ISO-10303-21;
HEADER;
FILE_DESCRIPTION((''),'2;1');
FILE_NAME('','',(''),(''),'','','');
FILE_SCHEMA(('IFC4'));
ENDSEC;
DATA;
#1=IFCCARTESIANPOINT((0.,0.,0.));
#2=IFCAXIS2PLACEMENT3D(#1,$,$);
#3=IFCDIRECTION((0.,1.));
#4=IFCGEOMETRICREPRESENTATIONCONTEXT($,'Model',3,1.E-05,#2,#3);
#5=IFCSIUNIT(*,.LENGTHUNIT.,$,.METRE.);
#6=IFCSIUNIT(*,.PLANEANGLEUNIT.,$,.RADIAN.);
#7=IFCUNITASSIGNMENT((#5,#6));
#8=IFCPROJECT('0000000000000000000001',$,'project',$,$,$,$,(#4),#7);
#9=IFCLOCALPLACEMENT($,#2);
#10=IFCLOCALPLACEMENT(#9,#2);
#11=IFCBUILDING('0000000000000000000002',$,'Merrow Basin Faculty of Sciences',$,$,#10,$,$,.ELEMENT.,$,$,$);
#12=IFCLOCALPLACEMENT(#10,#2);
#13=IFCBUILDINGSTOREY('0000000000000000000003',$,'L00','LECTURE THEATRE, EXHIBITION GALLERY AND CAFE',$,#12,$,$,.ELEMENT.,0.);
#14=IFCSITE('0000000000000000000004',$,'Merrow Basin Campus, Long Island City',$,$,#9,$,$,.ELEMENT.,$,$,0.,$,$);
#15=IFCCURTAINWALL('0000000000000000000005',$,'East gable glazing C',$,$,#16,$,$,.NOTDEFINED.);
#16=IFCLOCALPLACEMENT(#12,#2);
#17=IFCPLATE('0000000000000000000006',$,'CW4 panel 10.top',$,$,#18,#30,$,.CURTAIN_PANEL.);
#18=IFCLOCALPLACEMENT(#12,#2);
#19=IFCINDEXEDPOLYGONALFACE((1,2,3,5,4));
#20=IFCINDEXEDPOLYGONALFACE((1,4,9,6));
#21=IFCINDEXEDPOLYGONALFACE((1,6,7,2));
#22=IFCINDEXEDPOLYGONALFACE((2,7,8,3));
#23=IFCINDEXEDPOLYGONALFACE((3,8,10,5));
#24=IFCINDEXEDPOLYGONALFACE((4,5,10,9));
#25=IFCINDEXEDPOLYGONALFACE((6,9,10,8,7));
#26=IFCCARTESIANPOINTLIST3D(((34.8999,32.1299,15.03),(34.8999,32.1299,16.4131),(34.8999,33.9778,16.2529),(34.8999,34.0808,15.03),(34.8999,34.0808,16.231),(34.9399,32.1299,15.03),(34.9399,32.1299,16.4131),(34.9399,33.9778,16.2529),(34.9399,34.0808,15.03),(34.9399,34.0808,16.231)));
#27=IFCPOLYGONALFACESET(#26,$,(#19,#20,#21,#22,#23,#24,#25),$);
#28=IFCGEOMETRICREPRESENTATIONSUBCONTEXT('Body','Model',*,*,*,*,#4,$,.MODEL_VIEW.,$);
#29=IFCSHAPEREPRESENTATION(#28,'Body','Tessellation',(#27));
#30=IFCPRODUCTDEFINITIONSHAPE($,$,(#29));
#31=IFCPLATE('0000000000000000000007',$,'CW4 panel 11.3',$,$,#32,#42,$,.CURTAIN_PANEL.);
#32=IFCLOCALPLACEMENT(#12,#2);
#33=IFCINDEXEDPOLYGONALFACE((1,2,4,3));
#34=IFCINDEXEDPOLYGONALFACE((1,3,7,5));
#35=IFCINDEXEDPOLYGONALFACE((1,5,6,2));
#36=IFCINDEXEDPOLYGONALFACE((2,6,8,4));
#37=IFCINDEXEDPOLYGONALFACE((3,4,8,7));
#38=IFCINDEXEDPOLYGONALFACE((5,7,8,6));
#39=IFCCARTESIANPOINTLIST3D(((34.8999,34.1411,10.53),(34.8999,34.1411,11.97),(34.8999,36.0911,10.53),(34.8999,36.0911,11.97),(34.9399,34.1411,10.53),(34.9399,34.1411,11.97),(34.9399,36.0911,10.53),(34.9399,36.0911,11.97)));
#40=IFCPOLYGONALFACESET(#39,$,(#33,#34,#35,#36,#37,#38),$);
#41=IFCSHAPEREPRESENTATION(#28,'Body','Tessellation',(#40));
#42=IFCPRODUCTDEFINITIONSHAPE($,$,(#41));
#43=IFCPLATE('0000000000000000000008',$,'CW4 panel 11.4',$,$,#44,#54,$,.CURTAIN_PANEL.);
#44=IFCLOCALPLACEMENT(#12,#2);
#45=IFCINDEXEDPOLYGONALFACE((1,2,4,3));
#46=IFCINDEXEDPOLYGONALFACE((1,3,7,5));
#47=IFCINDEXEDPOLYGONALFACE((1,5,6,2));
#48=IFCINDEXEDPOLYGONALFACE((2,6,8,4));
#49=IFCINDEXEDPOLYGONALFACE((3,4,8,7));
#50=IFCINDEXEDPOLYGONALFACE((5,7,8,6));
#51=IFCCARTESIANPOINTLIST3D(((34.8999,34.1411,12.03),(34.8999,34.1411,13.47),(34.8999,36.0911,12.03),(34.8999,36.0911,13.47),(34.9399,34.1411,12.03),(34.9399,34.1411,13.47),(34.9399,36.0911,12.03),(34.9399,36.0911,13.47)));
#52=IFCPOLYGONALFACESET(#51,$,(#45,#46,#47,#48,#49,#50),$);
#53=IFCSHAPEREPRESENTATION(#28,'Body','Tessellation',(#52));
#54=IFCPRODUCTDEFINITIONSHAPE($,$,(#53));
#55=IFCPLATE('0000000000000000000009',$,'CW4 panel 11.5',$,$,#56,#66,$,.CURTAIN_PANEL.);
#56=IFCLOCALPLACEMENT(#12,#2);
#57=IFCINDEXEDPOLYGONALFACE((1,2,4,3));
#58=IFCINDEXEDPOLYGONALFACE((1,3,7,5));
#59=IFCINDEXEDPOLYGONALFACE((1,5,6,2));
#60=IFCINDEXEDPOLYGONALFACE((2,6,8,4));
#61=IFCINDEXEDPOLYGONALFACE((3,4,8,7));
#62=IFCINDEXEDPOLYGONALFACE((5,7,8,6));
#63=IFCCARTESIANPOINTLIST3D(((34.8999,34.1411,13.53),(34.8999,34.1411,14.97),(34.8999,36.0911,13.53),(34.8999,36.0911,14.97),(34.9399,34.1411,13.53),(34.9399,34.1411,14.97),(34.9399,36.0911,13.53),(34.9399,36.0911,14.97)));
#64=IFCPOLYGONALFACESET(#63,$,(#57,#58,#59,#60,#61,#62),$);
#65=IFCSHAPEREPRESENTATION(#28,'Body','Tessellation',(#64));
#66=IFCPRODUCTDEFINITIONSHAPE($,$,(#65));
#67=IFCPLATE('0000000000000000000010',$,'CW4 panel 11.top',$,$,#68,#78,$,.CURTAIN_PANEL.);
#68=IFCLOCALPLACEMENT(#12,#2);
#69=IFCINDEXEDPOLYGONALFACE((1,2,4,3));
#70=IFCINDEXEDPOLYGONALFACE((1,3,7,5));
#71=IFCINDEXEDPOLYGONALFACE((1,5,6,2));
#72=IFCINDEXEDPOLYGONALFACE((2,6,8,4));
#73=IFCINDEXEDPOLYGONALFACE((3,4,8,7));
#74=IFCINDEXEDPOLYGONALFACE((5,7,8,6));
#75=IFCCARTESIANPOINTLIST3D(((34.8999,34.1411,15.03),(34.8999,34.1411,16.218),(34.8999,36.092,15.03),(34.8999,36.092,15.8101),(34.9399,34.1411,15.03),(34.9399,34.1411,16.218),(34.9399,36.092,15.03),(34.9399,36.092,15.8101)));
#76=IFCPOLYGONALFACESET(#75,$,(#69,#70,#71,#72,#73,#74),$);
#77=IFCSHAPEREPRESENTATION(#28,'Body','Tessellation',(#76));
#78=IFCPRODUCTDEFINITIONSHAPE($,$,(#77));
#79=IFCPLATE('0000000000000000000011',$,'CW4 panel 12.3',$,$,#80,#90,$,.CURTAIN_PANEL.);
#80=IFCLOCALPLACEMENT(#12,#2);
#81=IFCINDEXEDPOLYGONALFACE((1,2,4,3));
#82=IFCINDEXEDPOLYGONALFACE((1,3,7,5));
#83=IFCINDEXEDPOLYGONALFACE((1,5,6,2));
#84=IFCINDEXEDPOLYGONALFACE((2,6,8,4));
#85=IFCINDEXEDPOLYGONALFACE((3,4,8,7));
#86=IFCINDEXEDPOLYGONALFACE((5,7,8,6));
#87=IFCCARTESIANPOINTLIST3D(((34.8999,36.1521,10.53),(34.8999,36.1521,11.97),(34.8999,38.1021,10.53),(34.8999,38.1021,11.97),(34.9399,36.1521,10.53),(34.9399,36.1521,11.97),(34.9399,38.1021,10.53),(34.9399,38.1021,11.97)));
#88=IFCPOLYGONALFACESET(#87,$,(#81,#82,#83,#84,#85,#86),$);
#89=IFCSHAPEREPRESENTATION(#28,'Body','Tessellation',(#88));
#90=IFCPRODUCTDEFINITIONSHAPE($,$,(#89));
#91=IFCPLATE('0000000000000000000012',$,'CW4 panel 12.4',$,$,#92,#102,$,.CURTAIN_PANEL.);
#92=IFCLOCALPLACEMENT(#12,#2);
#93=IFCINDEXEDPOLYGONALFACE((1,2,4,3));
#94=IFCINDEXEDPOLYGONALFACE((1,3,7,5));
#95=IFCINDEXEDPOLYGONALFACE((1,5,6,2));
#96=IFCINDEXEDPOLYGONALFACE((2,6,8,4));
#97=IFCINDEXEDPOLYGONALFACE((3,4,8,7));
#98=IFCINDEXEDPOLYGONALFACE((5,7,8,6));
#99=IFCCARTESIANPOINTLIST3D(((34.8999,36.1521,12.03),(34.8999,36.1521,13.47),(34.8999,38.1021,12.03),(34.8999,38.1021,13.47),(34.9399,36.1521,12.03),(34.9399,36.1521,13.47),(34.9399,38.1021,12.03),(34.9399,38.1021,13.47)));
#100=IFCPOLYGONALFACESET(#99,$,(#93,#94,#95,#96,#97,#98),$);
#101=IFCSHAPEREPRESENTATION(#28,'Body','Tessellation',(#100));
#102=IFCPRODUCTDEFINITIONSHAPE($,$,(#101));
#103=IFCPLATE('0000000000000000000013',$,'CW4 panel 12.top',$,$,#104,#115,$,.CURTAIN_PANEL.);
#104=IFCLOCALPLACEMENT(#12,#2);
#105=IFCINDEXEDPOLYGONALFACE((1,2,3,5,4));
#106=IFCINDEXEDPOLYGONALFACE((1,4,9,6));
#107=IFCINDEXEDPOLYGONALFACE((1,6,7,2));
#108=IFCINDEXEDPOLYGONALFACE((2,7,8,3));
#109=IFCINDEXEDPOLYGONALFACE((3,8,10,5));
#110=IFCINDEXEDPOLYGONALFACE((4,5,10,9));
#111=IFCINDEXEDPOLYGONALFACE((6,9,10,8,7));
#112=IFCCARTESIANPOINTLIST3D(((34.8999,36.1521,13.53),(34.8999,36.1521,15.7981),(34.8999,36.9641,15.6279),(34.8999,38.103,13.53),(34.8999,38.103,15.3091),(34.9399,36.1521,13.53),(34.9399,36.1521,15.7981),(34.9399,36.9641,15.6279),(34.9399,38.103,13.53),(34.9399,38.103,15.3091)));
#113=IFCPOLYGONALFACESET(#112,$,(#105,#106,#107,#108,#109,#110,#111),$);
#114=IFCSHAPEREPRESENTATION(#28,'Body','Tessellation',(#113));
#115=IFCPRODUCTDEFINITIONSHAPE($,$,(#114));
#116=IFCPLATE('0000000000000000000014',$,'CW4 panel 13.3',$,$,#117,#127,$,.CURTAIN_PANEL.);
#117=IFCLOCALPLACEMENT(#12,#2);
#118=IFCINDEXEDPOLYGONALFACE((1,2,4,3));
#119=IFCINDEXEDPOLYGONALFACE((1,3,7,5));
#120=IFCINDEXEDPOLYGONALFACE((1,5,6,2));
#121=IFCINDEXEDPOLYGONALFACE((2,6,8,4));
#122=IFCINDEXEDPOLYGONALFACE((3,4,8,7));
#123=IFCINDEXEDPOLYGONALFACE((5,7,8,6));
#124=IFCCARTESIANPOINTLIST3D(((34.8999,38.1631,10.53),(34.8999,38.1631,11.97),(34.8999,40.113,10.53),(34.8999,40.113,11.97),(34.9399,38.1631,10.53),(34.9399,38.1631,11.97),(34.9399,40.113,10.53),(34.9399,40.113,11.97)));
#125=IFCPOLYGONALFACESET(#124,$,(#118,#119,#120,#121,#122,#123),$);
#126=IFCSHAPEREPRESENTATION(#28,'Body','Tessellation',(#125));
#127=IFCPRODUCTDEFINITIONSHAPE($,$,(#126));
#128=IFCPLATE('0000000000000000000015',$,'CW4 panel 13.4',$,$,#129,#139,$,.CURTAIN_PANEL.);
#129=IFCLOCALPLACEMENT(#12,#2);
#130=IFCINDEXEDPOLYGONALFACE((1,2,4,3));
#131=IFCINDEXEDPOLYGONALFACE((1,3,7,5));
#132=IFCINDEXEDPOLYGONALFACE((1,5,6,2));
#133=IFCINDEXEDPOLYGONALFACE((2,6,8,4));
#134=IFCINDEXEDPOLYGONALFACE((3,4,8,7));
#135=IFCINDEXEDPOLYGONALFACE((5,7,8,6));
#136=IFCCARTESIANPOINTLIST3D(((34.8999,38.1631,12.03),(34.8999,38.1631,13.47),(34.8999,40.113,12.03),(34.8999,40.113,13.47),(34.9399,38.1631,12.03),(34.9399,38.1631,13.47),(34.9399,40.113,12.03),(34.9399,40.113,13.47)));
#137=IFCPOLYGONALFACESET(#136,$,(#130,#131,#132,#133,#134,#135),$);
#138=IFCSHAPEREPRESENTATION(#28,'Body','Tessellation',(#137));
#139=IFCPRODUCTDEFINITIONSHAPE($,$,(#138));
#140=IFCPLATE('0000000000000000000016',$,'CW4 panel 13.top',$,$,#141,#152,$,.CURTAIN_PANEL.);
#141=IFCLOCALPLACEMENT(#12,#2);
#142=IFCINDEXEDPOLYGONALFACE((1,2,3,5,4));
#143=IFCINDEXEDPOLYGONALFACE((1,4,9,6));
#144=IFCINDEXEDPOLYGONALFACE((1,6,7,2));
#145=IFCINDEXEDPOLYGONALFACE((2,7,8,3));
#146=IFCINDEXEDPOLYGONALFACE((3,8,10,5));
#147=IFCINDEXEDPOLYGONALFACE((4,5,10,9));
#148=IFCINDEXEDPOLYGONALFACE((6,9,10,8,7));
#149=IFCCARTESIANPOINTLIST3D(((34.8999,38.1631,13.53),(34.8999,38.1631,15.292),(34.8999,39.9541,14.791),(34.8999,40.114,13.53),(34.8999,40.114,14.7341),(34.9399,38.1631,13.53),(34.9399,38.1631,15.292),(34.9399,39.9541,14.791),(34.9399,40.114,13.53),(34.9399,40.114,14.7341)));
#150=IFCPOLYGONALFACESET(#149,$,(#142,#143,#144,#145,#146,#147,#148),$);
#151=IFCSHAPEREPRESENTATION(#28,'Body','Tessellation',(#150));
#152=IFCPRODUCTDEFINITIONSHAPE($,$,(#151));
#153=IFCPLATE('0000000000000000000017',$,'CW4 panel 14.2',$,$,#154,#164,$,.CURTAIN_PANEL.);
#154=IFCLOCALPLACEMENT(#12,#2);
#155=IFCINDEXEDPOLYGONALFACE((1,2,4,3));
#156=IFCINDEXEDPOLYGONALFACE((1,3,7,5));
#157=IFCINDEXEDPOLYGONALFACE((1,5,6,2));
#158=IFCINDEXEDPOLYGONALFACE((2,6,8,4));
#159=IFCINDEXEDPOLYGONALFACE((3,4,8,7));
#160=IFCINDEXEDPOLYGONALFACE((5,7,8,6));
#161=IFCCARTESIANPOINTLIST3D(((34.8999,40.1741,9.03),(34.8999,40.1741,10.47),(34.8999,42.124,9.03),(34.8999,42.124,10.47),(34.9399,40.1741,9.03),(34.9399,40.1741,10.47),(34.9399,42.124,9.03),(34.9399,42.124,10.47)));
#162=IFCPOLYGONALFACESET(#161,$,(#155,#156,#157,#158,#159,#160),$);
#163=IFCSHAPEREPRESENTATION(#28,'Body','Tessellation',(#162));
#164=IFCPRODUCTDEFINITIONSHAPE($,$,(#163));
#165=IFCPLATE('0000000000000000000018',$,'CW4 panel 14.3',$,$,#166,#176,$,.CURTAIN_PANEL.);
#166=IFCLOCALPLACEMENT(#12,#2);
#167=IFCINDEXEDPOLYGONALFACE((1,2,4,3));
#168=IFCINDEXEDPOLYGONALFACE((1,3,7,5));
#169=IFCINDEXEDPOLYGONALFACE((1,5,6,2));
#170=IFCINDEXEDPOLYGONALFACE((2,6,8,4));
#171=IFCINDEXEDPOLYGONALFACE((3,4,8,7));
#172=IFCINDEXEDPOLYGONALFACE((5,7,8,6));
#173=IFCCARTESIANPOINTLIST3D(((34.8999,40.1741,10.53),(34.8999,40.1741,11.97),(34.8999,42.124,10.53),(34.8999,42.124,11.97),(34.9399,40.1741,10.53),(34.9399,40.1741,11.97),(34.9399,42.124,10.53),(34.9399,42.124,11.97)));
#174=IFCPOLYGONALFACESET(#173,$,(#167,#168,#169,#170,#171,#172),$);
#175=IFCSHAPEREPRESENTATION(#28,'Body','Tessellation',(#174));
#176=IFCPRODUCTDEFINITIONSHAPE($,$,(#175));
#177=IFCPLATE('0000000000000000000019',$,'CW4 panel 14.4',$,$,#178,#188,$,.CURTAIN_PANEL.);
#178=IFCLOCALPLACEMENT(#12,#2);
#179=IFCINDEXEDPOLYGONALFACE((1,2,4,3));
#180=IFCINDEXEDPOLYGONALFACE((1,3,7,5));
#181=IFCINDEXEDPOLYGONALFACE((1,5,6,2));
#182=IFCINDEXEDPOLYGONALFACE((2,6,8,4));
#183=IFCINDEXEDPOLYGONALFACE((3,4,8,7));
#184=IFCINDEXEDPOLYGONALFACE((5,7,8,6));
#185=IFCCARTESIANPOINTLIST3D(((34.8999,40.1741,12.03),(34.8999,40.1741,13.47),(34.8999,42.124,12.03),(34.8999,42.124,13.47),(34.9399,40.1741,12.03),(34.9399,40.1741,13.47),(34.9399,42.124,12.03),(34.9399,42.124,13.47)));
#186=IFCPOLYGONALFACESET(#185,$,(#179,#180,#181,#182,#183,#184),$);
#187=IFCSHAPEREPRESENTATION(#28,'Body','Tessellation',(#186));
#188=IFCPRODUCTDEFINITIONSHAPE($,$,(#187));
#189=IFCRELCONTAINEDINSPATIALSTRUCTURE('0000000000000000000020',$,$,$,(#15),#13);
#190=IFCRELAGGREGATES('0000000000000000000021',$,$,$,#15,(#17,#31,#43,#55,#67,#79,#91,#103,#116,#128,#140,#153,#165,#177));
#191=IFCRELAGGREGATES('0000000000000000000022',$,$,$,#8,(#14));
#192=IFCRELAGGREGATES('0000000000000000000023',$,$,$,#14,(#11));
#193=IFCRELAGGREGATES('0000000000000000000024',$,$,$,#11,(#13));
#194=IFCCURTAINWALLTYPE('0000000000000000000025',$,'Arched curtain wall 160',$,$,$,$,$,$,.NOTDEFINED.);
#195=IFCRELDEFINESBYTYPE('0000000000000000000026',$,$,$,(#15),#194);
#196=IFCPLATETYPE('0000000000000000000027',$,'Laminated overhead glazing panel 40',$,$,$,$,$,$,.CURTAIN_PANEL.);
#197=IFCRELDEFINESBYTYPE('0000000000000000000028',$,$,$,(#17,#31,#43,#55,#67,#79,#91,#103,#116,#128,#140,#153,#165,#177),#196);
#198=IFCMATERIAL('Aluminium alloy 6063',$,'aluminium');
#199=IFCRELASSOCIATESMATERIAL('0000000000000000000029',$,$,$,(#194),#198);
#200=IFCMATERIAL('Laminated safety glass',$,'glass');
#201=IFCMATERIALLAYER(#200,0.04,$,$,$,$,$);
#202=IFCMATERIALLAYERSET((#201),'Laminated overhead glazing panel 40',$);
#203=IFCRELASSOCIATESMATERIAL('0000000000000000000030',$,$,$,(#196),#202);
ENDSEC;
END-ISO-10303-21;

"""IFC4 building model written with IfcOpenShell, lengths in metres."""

from ifc_helpers import new_model, si_unit, direction, frame, origin, place, context, subcontext, project, spatial, polyline, outline, extrude, material, layer, layer_set, type_object, element, aggregate, save


model = new_model("IFC4")

# Units and contexts
model_context = context("Model", 3, precision=1e-05, world=origin(), true_north=direction((0.0, 1.0)))
body_context = subcontext(model_context, "Body", "Model", "MODEL_VIEW")
ifc_project = project(units=[si_unit("LENGTHUNIT", "METRE"), si_unit("PLANEANGLEUNIT", "RADIAN")], contexts=[model_context])

# Site, building, storey
site_placement = place(None, origin())
site = spatial("IfcSite", under=ifc_project, at=site_placement, Name="Merrow Basin Campus, Long Island City", CompositionType="ELEMENT", RefElevation=0.0)
building_placement = place(site_placement, origin())
building = spatial("IfcBuilding", under=site, at=building_placement, Name="Merrow Basin Faculty of Sciences", CompositionType="ELEMENT")
storey_placement = place(building_placement, origin())
storey = spatial("IfcBuildingStorey", under=building, at=storey_placement, Name="L00", Description="LECTURE THEATRE, EXHIBITION GALLERY AND CAFE", CompositionType="ELEMENT", Elevation=0.0)

# Curtain wall, plates
ifc_material_1 = material(Name="Aluminium alloy 6063", Category="aluminium")
curtain_wall_type = type_object("IfcCurtainWallType", Name="Arched curtain wall 160", PredefinedType="NOTDEFINED", material=ifc_material_1)
curtain_wall_placement = place(storey_placement, origin())
curtain_wall = element("IfcCurtainWall", 1, at=curtain_wall_placement, inside=storey, type_object=curtain_wall_type, Name="East gable glazing C", PredefinedType="NOTDEFINED")
ifc_material_2 = material(Name="Laminated safety glass", Category="glass")
ifc_layer = layer(ifc_material_2, 0.04)
ifc_layer_set = layer_set([ifc_layer], Name="Laminated overhead glazing panel 40")
plate_type = type_object("IfcPlateType", Name="Laminated overhead glazing panel 40", PredefinedType="CURTAIN_PANEL", material=ifc_layer_set)
plate_1_placement = place(storey_placement, frame((34.8999, 32.1299, 15.03), z_axis=(1.0, 0.0, 0.0), x_axis=(0.0, 1.0, 0.0)))
plate_1 = element("IfcPlate", 2, at=plate_1_placement, type_object=plate_type, Name="CW4 panel 10.top", PredefinedType="CURTAIN_PANEL", context=body_context, shape_type="SweptSolid", body=[
    extrude(outline(polyline([(0.0, 0.0), (1.9509, 0.0), (1.9509, 1.2009), (1.8479, 1.2229), (0.0, 1.3831), (0.0, 0.0)])), origin(), (0.0, 0.0, 1.0), 0.04),
])
plate_2_placement = place(storey_placement, frame((34.8999, 34.1411, 10.53), z_axis=(1.0, 0.0, 0.0), x_axis=(0.0, 1.0, 0.0)))
plate_2 = element("IfcPlate", 3, at=plate_2_placement, type_object=plate_type, Name="CW4 panel 11.3", PredefinedType="CURTAIN_PANEL", context=body_context, shape_type="SweptSolid", body=[
    extrude(outline(polyline([(0.0, 0.0), (1.95, 0.0), (1.95, 1.4399), (0.0, 1.4399), (0.0, 0.0)])), origin(), (0.0, 0.0, 1.0), 0.04),
])
plate_3_placement = place(storey_placement, frame((34.8999, 34.1411, 12.03), z_axis=(1.0, 0.0, 0.0), x_axis=(0.0, 1.0, 0.0)))
plate_3 = element("IfcPlate", 4, at=plate_3_placement, type_object=plate_type, Name="CW4 panel 11.4", PredefinedType="CURTAIN_PANEL", context=body_context, shape_type="SweptSolid", body=[
    extrude(outline(polyline([(0.0, 0.0), (1.95, 0.0), (1.95, 1.4399), (0.0, 1.4399), (0.0, 0.0)])), origin(), (0.0, 0.0, 1.0), 0.04),
])
plate_4_placement = place(storey_placement, frame((34.8999, 34.1411, 13.53), z_axis=(1.0, 0.0, 0.0), x_axis=(0.0, 1.0, 0.0)))
plate_4 = element("IfcPlate", 5, at=plate_4_placement, type_object=plate_type, Name="CW4 panel 11.5", PredefinedType="CURTAIN_PANEL", context=body_context, shape_type="SweptSolid", body=[
    extrude(outline(polyline([(0.0, 0.0), (1.95, 0.0), (1.95, 1.4399), (0.0, 1.4399), (0.0, 0.0)])), origin(), (0.0, 0.0, 1.0), 0.04),
])
plate_5_placement = place(storey_placement, frame((34.8999, 34.1411, 15.03), z_axis=(1.0, 0.0, 0.0), x_axis=(0.0, 1.0, 0.0)))
plate_5 = element("IfcPlate", 6, at=plate_5_placement, type_object=plate_type, Name="CW4 panel 11.top", PredefinedType="CURTAIN_PANEL", context=body_context, shape_type="SweptSolid", body=[
    extrude(outline(polyline([(0.0, 0.0), (1.9509, 0.0), (1.9509, 0.78), (0.0, 1.188), (0.0, 0.0)])), origin(), (0.0, 0.0, 1.0), 0.04),
])
plate_6_placement = place(storey_placement, frame((34.8999, 36.1521, 10.53), z_axis=(1.0, 0.0, 0.0), x_axis=(0.0, 1.0, 0.0)))
plate_6 = element("IfcPlate", 7, at=plate_6_placement, type_object=plate_type, Name="CW4 panel 12.3", PredefinedType="CURTAIN_PANEL", context=body_context, shape_type="SweptSolid", body=[
    extrude(outline(polyline([(0.0, 0.0), (1.95, 0.0), (1.95, 1.4399), (0.0, 1.4399), (0.0, 0.0)])), origin(), (0.0, 0.0, 1.0), 0.04),
])
plate_7_placement = place(storey_placement, frame((34.8999, 36.1521, 12.03), z_axis=(1.0, 0.0, 0.0), x_axis=(0.0, 1.0, 0.0)))
plate_7 = element("IfcPlate", 8, at=plate_7_placement, type_object=plate_type, Name="CW4 panel 12.4", PredefinedType="CURTAIN_PANEL", context=body_context, shape_type="SweptSolid", body=[
    extrude(outline(polyline([(0.0, 0.0), (1.95, 0.0), (1.95, 1.4399), (0.0, 1.4399), (0.0, 0.0)])), origin(), (0.0, 0.0, 1.0), 0.04),
])
plate_8_placement = place(storey_placement, frame((34.8999, 36.1521, 13.53), z_axis=(1.0, 0.0, 0.0), x_axis=(0.0, 1.0, 0.0)))
plate_8 = element("IfcPlate", 9, at=plate_8_placement, type_object=plate_type, Name="CW4 panel 12.top", PredefinedType="CURTAIN_PANEL", context=body_context, shape_type="SweptSolid", body=[
    extrude(outline(polyline([(0.0, 0.0), (1.9509, 0.0), (1.9509, 1.7791), (0.812, 2.0979), (0.0, 2.2681), (0.0, 0.0)])), origin(), (0.0, 0.0, 1.0), 0.04),
])
plate_9_placement = place(storey_placement, frame((34.8999, 38.1631, 10.53), z_axis=(1.0, 0.0, 0.0), x_axis=(0.0, 1.0, 0.0)))
plate_9 = element("IfcPlate", 10, at=plate_9_placement, type_object=plate_type, Name="CW4 panel 13.3", PredefinedType="CURTAIN_PANEL", context=body_context, shape_type="SweptSolid", body=[
    extrude(outline(polyline([(0.0, 0.0), (1.95, 0.0), (1.95, 1.4399), (0.0, 1.4399), (0.0, 0.0)])), origin(), (0.0, 0.0, 1.0), 0.04),
])
plate_10_placement = place(storey_placement, frame((34.8999, 38.1631, 12.03), z_axis=(1.0, 0.0, 0.0), x_axis=(0.0, 1.0, 0.0)))
plate_10 = element("IfcPlate", 11, at=plate_10_placement, type_object=plate_type, Name="CW4 panel 13.4", PredefinedType="CURTAIN_PANEL", context=body_context, shape_type="SweptSolid", body=[
    extrude(outline(polyline([(0.0, 0.0), (1.95, 0.0), (1.95, 1.4399), (0.0, 1.4399), (0.0, 0.0)])), origin(), (0.0, 0.0, 1.0), 0.04),
])
plate_11_placement = place(storey_placement, frame((34.8999, 38.1631, 13.53), z_axis=(1.0, 0.0, 0.0), x_axis=(0.0, 1.0, 0.0)))
plate_11 = element("IfcPlate", 12, at=plate_11_placement, type_object=plate_type, Name="CW4 panel 13.top", PredefinedType="CURTAIN_PANEL", context=body_context, shape_type="SweptSolid", body=[
    extrude(outline(polyline([(0.0, 0.0), (1.9509, 0.0), (1.9509, 1.2041), (1.791, 1.261), (0.0, 1.762), (0.0, 0.0)])), origin(), (0.0, 0.0, 1.0), 0.04),
])
plate_12_placement = place(storey_placement, frame((34.8999, 40.1741, 9.03), z_axis=(1.0, 0.0, 0.0), x_axis=(0.0, 1.0, 0.0)))
plate_12 = element("IfcPlate", 13, at=plate_12_placement, type_object=plate_type, Name="CW4 panel 14.2", PredefinedType="CURTAIN_PANEL", context=body_context, shape_type="SweptSolid", body=[
    extrude(outline(polyline([(0.0, 0.0), (1.95, 0.0), (1.95, 1.4399), (0.0, 1.4399), (0.0, 0.0)])), origin(), (0.0, 0.0, 1.0), 0.04),
])
plate_13_placement = place(storey_placement, frame((34.8999, 40.1741, 10.53), z_axis=(1.0, 0.0, 0.0), x_axis=(0.0, 1.0, 0.0)))
plate_13 = element("IfcPlate", 14, at=plate_13_placement, type_object=plate_type, Name="CW4 panel 14.3", PredefinedType="CURTAIN_PANEL", context=body_context, shape_type="SweptSolid", body=[
    extrude(outline(polyline([(0.0, 0.0), (1.95, 0.0), (1.95, 1.4399), (0.0, 1.4399), (0.0, 0.0)])), origin(), (0.0, 0.0, 1.0), 0.04),
])
plate_14_placement = place(storey_placement, frame((34.8999, 40.1741, 12.03), z_axis=(1.0, 0.0, 0.0), x_axis=(0.0, 1.0, 0.0)))
plate_14 = element("IfcPlate", 15, at=plate_14_placement, type_object=plate_type, Name="CW4 panel 14.4", PredefinedType="CURTAIN_PANEL", context=body_context, shape_type="SweptSolid", body=[
    extrude(outline(polyline([(0.0, 0.0), (1.95, 0.0), (1.95, 1.4399), (0.0, 1.4399), (0.0, 0.0)])), origin(), (0.0, 0.0, 1.0), 0.04),
])
aggregate(curtain_wall, [plate_1, plate_2, plate_3, plate_4, plate_5, plate_6, plate_7, plate_8, plate_9, plate_10, plate_11, plate_12, plate_13, plate_14])

save(model, "model.ifc")
